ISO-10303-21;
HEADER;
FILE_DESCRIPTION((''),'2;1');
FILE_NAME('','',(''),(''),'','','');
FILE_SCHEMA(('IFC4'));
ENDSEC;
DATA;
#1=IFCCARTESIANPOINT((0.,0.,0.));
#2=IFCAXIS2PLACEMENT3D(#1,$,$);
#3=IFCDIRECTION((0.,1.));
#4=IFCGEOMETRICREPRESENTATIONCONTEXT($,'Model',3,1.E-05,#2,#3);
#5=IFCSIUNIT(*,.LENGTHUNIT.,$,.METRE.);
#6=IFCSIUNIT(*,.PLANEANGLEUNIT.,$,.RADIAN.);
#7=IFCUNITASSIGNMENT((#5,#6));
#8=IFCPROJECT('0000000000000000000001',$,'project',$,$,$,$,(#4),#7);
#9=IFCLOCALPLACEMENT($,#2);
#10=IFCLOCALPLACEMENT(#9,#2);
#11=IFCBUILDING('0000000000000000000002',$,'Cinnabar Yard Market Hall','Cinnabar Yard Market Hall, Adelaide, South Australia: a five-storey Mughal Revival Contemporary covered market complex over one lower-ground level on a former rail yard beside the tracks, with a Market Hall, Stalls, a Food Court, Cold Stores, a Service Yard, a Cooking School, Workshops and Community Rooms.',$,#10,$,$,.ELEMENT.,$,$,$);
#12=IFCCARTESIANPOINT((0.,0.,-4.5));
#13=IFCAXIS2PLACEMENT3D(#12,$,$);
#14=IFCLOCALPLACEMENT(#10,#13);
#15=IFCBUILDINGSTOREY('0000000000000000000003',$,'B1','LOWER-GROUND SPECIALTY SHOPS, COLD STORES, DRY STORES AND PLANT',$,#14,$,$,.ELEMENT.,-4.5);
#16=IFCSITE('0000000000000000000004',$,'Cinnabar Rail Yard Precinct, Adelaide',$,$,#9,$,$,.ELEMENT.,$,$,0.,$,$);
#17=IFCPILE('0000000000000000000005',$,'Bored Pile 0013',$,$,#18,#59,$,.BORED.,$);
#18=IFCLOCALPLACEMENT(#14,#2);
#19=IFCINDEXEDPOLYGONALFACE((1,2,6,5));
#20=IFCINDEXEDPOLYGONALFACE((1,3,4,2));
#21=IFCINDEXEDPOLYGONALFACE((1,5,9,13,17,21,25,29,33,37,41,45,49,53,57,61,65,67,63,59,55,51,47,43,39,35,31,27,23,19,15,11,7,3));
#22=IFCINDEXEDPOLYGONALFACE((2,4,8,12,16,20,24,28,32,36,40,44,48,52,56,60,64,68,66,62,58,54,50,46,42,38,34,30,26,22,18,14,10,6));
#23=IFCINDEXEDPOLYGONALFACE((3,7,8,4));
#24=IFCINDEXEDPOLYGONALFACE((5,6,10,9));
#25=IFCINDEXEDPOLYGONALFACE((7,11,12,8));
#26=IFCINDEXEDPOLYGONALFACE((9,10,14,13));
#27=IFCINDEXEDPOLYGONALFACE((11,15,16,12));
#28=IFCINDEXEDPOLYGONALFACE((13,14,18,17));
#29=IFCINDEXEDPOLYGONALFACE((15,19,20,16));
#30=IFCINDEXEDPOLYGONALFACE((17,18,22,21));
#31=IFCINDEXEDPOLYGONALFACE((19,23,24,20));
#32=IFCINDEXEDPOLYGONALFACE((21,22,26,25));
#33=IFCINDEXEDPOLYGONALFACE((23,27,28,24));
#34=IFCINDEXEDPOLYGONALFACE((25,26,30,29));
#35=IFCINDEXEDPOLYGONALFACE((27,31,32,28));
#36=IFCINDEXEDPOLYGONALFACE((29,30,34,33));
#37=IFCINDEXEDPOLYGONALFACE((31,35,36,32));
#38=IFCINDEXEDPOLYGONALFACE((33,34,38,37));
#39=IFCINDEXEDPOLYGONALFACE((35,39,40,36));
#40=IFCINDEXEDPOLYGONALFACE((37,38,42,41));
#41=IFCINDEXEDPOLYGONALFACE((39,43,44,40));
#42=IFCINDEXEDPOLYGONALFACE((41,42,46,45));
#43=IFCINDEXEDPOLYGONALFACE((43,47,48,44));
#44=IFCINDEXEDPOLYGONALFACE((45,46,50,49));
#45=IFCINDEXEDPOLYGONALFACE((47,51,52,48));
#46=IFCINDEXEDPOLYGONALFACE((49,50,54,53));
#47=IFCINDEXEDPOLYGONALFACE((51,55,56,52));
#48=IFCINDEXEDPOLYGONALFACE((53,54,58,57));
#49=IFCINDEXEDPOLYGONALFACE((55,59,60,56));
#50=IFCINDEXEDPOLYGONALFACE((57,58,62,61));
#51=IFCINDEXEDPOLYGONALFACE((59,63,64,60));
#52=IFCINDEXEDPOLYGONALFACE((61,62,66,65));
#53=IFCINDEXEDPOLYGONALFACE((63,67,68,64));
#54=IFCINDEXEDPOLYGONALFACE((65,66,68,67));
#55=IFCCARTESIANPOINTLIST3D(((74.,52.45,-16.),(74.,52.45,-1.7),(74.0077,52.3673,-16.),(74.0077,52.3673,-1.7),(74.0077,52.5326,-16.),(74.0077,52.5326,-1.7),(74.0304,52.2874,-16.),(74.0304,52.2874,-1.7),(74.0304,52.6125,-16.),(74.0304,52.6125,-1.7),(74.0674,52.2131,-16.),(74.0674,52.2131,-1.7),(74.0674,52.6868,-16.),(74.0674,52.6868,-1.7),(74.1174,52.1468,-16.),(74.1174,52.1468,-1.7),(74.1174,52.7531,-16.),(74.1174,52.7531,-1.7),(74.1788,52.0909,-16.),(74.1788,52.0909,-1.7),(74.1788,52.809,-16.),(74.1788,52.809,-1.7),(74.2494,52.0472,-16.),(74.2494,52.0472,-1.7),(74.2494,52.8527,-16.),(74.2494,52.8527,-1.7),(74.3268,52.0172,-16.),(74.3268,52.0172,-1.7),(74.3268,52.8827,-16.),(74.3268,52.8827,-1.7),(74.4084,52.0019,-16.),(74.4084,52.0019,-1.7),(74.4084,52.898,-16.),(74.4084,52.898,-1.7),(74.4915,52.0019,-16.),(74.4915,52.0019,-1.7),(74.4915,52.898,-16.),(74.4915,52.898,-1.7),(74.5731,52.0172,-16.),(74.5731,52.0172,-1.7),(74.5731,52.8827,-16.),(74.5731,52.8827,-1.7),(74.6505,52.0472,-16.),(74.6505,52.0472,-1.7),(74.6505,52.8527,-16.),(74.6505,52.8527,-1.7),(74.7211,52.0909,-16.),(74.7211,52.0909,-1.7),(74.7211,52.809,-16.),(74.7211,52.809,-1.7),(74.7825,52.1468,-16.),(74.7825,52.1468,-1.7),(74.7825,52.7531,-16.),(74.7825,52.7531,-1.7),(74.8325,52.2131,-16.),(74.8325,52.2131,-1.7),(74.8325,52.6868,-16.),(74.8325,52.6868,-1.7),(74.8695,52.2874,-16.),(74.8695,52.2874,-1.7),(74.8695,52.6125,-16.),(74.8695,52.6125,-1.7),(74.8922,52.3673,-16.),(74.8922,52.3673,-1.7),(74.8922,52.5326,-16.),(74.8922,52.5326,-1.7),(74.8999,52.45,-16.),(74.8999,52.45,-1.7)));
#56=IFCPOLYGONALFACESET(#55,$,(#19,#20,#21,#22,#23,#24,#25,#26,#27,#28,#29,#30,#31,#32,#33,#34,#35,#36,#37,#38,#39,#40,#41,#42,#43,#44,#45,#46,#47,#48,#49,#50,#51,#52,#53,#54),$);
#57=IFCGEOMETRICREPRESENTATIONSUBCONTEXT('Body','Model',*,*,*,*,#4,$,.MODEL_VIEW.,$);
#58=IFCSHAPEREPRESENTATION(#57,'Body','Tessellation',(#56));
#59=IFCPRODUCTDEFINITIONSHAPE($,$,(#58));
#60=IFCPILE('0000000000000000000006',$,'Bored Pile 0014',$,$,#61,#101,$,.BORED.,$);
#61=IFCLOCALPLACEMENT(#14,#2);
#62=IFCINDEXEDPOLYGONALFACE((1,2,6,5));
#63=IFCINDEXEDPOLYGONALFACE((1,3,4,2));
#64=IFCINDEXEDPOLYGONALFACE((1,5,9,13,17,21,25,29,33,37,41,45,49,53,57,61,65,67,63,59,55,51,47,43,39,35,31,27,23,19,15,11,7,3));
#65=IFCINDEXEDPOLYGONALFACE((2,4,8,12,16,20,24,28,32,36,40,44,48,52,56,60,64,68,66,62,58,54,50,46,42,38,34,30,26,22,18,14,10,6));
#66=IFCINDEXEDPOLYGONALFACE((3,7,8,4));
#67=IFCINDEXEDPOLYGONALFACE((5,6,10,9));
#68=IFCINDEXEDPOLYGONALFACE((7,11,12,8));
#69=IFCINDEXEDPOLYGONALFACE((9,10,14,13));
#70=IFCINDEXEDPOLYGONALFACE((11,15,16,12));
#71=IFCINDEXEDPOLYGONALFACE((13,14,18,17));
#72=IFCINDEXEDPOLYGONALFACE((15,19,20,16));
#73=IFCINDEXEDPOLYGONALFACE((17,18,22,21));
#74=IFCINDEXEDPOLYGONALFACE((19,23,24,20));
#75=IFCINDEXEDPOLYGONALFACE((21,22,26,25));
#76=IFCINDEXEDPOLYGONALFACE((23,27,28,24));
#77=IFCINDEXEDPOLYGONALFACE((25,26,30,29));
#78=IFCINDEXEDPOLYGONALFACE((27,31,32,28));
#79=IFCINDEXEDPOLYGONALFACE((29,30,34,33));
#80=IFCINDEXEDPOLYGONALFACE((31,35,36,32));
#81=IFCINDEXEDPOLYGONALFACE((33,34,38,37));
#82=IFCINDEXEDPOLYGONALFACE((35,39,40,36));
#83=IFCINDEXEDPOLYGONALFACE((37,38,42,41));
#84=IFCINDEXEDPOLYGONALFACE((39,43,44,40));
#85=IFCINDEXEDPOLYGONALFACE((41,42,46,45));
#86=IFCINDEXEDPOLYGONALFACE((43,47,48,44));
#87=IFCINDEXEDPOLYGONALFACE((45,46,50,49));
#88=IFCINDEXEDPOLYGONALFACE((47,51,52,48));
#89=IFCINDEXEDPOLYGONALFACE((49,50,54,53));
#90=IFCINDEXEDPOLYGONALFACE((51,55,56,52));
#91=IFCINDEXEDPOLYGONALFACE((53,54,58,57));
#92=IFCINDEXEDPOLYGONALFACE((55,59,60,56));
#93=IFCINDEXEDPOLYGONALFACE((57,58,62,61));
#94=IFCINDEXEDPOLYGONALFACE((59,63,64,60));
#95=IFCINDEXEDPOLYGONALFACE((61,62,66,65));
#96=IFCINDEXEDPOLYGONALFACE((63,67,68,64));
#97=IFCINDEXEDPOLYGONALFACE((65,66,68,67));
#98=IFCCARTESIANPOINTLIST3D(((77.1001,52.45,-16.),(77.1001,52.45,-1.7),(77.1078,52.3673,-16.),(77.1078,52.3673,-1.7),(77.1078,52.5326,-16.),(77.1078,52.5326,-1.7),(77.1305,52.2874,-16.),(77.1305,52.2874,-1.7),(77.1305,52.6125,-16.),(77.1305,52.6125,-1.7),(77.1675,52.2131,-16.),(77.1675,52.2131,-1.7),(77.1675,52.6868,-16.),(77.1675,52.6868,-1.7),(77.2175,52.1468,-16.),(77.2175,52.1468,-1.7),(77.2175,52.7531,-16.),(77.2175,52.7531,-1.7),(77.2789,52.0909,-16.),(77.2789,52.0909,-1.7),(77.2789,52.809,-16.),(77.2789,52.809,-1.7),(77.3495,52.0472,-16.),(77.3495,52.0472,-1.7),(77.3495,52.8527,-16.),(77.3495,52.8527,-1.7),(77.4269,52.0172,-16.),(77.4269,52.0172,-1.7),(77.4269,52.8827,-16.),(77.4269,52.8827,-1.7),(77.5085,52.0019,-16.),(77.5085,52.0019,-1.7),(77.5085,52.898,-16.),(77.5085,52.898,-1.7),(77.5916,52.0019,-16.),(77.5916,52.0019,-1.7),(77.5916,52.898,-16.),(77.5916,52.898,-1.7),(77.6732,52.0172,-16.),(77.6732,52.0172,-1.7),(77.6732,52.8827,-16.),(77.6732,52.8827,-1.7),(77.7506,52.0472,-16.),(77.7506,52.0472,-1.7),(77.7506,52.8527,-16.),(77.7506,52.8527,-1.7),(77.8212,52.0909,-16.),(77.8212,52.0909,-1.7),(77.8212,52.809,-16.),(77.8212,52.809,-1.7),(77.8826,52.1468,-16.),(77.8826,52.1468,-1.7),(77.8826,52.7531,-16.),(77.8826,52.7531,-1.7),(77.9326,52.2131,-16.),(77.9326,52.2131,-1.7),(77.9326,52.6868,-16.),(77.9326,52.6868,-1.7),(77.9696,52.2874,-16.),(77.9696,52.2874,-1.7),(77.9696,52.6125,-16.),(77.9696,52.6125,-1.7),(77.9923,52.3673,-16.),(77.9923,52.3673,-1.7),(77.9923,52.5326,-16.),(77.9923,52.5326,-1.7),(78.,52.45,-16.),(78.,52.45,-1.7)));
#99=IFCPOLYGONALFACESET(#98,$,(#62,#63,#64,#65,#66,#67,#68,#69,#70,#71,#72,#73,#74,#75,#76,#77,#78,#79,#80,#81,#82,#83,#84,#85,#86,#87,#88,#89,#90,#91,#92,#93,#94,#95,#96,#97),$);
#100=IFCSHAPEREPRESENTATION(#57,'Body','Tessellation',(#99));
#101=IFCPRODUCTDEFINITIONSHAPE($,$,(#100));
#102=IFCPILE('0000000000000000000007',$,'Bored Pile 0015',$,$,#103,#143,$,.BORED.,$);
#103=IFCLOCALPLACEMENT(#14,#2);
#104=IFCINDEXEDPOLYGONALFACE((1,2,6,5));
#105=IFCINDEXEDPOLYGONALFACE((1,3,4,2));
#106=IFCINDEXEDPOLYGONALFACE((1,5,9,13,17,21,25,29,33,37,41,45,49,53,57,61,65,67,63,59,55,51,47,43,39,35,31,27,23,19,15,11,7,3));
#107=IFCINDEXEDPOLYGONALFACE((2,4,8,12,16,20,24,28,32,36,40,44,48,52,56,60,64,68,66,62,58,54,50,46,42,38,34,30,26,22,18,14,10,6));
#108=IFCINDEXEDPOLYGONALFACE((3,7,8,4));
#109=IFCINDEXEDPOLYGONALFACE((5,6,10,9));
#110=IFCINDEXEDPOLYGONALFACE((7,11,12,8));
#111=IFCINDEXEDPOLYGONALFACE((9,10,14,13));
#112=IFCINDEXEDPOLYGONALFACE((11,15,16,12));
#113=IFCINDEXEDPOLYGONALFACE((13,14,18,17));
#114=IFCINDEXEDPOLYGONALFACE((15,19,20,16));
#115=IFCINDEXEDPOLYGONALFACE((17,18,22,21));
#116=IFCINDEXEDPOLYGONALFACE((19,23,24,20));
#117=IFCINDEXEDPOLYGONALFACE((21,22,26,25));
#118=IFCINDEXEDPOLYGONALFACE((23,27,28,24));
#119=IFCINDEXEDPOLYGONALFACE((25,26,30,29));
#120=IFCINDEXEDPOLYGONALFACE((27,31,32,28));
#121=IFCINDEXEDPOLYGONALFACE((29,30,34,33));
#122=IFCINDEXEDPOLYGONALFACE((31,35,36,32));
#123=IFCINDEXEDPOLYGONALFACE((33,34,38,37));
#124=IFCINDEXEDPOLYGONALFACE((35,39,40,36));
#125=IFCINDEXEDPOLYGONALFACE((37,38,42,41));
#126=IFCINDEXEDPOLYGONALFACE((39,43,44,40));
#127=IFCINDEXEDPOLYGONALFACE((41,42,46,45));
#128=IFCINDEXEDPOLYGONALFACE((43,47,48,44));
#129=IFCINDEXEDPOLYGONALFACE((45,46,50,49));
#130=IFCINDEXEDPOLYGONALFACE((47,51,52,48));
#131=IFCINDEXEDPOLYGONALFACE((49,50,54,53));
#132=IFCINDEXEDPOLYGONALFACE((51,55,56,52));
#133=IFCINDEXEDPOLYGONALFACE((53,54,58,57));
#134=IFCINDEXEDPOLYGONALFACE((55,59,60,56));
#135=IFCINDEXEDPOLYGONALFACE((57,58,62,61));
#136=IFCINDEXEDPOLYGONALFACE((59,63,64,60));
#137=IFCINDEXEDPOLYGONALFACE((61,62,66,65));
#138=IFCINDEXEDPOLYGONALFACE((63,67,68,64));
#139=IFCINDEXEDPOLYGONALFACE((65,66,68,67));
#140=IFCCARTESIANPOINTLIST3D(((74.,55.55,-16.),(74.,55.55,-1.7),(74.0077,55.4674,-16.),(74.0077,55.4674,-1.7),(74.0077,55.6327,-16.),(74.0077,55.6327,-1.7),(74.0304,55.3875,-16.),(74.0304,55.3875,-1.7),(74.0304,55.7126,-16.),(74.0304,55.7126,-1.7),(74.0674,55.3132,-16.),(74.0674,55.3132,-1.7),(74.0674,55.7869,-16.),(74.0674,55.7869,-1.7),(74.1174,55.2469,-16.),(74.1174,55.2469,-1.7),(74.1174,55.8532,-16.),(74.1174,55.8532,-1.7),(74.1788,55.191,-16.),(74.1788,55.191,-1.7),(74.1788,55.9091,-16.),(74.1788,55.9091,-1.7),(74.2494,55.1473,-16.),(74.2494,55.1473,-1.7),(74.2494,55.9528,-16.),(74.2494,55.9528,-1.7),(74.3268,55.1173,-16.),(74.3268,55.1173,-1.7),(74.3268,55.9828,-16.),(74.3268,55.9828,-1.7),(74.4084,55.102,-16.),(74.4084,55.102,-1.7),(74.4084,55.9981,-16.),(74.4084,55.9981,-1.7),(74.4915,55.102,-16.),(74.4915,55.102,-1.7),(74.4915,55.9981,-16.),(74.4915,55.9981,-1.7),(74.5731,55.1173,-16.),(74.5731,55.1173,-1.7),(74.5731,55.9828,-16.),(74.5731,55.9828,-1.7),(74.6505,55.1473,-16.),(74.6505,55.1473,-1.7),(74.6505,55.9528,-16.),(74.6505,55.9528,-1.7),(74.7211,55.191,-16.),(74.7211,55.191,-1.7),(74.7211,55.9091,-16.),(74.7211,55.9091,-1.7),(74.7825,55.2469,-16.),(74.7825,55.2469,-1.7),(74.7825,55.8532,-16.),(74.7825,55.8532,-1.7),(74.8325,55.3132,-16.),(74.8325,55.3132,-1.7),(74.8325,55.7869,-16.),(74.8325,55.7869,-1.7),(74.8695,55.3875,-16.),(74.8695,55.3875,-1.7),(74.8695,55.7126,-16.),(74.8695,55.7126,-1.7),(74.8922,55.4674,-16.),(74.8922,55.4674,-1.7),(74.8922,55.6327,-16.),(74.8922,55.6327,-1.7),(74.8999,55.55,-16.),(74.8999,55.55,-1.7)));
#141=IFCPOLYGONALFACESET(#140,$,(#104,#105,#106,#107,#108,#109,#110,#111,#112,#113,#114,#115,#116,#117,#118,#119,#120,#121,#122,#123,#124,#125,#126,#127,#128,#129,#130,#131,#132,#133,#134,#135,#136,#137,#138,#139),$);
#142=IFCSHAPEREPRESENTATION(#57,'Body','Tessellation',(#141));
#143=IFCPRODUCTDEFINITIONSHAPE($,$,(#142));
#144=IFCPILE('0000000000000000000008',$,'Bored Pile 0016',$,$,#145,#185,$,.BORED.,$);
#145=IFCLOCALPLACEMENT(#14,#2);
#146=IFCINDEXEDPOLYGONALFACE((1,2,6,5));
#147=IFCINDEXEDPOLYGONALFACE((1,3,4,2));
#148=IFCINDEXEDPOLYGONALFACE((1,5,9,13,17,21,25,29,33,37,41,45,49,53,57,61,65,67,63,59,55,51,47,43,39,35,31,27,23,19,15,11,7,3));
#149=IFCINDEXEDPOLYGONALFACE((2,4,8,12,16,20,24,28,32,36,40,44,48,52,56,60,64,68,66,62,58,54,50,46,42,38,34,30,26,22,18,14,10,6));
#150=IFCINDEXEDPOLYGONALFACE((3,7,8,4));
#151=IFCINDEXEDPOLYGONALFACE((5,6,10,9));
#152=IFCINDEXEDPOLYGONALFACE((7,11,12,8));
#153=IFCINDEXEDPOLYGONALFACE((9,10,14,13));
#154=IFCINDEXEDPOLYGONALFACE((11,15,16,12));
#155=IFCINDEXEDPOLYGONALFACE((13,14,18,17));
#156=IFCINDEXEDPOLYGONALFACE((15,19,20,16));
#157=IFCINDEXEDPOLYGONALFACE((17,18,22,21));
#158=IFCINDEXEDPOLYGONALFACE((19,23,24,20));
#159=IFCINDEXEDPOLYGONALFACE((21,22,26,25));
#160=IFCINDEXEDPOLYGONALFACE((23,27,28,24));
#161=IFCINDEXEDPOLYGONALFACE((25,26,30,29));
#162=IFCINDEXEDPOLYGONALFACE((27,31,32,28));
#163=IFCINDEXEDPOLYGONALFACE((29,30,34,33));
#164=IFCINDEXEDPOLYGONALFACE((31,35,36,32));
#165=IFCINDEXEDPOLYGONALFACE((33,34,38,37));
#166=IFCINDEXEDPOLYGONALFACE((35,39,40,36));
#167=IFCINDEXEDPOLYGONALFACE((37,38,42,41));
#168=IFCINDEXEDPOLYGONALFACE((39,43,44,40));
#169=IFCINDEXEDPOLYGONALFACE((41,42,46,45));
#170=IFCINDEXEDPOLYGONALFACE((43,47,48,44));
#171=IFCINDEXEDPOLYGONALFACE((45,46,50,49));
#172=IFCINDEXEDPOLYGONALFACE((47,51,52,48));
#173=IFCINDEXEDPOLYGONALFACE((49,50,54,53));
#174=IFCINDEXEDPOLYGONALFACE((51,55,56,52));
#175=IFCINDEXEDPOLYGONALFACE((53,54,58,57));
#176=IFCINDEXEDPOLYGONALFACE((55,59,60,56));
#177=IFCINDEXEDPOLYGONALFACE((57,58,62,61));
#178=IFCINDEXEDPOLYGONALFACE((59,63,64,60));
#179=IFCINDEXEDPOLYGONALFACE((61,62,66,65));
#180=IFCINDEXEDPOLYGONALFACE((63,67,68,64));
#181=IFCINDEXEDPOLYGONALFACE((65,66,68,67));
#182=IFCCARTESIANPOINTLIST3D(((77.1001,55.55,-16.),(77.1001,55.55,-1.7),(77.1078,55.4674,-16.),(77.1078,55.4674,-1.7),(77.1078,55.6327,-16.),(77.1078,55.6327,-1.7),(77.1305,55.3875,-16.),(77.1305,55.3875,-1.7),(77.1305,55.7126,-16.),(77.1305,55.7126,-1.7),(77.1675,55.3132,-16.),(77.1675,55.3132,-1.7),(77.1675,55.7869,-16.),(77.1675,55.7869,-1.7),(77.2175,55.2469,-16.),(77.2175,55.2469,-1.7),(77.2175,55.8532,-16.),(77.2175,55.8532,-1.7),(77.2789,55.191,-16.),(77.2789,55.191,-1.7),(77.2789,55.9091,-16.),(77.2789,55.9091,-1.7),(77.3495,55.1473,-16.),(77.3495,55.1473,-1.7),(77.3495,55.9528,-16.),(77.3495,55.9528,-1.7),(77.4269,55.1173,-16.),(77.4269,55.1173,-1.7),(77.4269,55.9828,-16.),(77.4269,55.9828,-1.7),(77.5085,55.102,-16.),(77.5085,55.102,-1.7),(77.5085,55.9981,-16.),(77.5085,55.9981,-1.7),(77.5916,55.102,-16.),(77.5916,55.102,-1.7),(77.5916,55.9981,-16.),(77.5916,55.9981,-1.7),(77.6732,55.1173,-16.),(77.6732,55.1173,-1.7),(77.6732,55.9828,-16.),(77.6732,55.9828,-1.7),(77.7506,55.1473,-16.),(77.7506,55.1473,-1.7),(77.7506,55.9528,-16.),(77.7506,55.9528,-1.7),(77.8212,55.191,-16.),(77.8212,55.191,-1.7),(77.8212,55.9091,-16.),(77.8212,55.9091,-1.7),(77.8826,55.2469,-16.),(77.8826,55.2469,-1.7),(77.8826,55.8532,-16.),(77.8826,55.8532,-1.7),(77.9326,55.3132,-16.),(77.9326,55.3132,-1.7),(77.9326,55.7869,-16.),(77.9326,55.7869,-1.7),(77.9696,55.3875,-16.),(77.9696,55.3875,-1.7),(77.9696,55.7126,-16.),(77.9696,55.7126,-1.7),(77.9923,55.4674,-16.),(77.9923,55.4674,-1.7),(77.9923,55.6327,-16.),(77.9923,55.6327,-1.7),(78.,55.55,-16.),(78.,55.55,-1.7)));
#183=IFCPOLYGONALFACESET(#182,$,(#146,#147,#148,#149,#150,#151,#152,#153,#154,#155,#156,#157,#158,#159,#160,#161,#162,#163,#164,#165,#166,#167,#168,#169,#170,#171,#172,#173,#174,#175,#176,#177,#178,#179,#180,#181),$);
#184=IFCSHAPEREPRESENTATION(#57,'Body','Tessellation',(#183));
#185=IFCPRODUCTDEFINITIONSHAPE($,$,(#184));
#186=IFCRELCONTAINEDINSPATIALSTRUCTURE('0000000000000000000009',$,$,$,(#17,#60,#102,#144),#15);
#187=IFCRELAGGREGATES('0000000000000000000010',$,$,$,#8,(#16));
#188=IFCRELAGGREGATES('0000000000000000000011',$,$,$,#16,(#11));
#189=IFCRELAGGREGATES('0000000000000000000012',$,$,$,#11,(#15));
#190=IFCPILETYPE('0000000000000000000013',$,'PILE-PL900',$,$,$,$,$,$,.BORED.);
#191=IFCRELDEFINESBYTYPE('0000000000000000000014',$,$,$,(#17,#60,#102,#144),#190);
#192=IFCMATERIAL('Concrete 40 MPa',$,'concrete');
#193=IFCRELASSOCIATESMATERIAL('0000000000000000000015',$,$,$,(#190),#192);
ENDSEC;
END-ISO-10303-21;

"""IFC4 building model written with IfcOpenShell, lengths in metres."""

from ifc_helpers import new_model, si_unit, direction, frame, origin, origin_2d_with_axis, place, context, subcontext, project, spatial, circle, extrude, material, material_profile, profile_set, type_object, element, save


model = new_model("IFC4")

# Units and contexts
model_context = context("Model", 3, precision=1e-05, world=origin(), true_north=direction((0.0, 1.0)))
body_context = subcontext(model_context, "Body", "Model", "MODEL_VIEW")
ifc_project = project(units=[si_unit("LENGTHUNIT", "METRE"), si_unit("PLANEANGLEUNIT", "RADIAN")], contexts=[model_context])

# Site, building, storey
site_placement = place(None, origin())
site = spatial("IfcSite", under=ifc_project, at=site_placement, Name="Cinnabar Rail Yard Precinct, Adelaide", CompositionType="ELEMENT", RefElevation=0.0)
building_placement = place(site_placement, origin())
building = spatial("IfcBuilding", under=site, at=building_placement, Name="Cinnabar Yard Market Hall", Description="Cinnabar Yard Market Hall, Adelaide, South Australia: a five-storey Mughal Revival Contemporary covered market complex over one lower-ground level on a former rail yard beside the tracks, with a Market Hall, Stalls, a Food Court, Cold Stores, a Service Yard, a Cooking School, Workshops and Community Rooms.", CompositionType="ELEMENT")
storey_placement = place(building_placement, frame((0.0, 0.0, -4.5)))
storey = spatial("IfcBuildingStorey", under=building, at=storey_placement, Name="B1", Description="LOWER-GROUND SPECIALTY SHOPS, COLD STORES, DRY STORES AND PLANT", CompositionType="ELEMENT", Elevation=-4.5)

# Shared definitions
ifc_material_1 = material(Name="Concrete 40 MPa", Category="concrete")

# Piles
ifc_material_profile_1 = material_profile(ifc_material_1, circle(Radius=0.45, at=origin_2d_with_axis()), Name="PILE-D900")
ifc_profile_set_1 = profile_set([ifc_material_profile_1], Name="Concrete 40 MPa")
pile_type = type_object("IfcPileType", Name="PILE-PL900", PredefinedType="BORED", material=ifc_profile_set_1)
for number, where, z_axis, x_axis, name in (
    (1, (74.45, 52.45, -1.7), (0.0, 0.0, -1.0), (1.0, 0.0, 0.0), "Bored Pile 0013"),
    (2, (77.55, 52.45, -1.7), (0.0, 0.0, -1.0), (1.0, 0.0, 0.0), "Bored Pile 0014"),
    (3, (74.45, 55.55, -1.7), (0.0, 0.0, -1.0), (1.0, 0.0, 0.0), "Bored Pile 0015"),
    (4, (77.55, 55.55, -1.7), (0.0, 0.0, -1.0), (1.0, 0.0, 0.0), "Bored Pile 0016"),
):
    element("IfcPile", number, at=place(storey_placement, frame(where, z_axis=z_axis, x_axis=x_axis)), inside=storey, type_object=pile_type, Name=name, PredefinedType="BORED", context=body_context, shape_type="SweptSolid", body=[
        extrude(circle(Radius=0.45, at=origin_2d_with_axis()), origin(), (0.0, 0.0, 1.0), 14.3),
    ])

save(model, "model.ifc")
